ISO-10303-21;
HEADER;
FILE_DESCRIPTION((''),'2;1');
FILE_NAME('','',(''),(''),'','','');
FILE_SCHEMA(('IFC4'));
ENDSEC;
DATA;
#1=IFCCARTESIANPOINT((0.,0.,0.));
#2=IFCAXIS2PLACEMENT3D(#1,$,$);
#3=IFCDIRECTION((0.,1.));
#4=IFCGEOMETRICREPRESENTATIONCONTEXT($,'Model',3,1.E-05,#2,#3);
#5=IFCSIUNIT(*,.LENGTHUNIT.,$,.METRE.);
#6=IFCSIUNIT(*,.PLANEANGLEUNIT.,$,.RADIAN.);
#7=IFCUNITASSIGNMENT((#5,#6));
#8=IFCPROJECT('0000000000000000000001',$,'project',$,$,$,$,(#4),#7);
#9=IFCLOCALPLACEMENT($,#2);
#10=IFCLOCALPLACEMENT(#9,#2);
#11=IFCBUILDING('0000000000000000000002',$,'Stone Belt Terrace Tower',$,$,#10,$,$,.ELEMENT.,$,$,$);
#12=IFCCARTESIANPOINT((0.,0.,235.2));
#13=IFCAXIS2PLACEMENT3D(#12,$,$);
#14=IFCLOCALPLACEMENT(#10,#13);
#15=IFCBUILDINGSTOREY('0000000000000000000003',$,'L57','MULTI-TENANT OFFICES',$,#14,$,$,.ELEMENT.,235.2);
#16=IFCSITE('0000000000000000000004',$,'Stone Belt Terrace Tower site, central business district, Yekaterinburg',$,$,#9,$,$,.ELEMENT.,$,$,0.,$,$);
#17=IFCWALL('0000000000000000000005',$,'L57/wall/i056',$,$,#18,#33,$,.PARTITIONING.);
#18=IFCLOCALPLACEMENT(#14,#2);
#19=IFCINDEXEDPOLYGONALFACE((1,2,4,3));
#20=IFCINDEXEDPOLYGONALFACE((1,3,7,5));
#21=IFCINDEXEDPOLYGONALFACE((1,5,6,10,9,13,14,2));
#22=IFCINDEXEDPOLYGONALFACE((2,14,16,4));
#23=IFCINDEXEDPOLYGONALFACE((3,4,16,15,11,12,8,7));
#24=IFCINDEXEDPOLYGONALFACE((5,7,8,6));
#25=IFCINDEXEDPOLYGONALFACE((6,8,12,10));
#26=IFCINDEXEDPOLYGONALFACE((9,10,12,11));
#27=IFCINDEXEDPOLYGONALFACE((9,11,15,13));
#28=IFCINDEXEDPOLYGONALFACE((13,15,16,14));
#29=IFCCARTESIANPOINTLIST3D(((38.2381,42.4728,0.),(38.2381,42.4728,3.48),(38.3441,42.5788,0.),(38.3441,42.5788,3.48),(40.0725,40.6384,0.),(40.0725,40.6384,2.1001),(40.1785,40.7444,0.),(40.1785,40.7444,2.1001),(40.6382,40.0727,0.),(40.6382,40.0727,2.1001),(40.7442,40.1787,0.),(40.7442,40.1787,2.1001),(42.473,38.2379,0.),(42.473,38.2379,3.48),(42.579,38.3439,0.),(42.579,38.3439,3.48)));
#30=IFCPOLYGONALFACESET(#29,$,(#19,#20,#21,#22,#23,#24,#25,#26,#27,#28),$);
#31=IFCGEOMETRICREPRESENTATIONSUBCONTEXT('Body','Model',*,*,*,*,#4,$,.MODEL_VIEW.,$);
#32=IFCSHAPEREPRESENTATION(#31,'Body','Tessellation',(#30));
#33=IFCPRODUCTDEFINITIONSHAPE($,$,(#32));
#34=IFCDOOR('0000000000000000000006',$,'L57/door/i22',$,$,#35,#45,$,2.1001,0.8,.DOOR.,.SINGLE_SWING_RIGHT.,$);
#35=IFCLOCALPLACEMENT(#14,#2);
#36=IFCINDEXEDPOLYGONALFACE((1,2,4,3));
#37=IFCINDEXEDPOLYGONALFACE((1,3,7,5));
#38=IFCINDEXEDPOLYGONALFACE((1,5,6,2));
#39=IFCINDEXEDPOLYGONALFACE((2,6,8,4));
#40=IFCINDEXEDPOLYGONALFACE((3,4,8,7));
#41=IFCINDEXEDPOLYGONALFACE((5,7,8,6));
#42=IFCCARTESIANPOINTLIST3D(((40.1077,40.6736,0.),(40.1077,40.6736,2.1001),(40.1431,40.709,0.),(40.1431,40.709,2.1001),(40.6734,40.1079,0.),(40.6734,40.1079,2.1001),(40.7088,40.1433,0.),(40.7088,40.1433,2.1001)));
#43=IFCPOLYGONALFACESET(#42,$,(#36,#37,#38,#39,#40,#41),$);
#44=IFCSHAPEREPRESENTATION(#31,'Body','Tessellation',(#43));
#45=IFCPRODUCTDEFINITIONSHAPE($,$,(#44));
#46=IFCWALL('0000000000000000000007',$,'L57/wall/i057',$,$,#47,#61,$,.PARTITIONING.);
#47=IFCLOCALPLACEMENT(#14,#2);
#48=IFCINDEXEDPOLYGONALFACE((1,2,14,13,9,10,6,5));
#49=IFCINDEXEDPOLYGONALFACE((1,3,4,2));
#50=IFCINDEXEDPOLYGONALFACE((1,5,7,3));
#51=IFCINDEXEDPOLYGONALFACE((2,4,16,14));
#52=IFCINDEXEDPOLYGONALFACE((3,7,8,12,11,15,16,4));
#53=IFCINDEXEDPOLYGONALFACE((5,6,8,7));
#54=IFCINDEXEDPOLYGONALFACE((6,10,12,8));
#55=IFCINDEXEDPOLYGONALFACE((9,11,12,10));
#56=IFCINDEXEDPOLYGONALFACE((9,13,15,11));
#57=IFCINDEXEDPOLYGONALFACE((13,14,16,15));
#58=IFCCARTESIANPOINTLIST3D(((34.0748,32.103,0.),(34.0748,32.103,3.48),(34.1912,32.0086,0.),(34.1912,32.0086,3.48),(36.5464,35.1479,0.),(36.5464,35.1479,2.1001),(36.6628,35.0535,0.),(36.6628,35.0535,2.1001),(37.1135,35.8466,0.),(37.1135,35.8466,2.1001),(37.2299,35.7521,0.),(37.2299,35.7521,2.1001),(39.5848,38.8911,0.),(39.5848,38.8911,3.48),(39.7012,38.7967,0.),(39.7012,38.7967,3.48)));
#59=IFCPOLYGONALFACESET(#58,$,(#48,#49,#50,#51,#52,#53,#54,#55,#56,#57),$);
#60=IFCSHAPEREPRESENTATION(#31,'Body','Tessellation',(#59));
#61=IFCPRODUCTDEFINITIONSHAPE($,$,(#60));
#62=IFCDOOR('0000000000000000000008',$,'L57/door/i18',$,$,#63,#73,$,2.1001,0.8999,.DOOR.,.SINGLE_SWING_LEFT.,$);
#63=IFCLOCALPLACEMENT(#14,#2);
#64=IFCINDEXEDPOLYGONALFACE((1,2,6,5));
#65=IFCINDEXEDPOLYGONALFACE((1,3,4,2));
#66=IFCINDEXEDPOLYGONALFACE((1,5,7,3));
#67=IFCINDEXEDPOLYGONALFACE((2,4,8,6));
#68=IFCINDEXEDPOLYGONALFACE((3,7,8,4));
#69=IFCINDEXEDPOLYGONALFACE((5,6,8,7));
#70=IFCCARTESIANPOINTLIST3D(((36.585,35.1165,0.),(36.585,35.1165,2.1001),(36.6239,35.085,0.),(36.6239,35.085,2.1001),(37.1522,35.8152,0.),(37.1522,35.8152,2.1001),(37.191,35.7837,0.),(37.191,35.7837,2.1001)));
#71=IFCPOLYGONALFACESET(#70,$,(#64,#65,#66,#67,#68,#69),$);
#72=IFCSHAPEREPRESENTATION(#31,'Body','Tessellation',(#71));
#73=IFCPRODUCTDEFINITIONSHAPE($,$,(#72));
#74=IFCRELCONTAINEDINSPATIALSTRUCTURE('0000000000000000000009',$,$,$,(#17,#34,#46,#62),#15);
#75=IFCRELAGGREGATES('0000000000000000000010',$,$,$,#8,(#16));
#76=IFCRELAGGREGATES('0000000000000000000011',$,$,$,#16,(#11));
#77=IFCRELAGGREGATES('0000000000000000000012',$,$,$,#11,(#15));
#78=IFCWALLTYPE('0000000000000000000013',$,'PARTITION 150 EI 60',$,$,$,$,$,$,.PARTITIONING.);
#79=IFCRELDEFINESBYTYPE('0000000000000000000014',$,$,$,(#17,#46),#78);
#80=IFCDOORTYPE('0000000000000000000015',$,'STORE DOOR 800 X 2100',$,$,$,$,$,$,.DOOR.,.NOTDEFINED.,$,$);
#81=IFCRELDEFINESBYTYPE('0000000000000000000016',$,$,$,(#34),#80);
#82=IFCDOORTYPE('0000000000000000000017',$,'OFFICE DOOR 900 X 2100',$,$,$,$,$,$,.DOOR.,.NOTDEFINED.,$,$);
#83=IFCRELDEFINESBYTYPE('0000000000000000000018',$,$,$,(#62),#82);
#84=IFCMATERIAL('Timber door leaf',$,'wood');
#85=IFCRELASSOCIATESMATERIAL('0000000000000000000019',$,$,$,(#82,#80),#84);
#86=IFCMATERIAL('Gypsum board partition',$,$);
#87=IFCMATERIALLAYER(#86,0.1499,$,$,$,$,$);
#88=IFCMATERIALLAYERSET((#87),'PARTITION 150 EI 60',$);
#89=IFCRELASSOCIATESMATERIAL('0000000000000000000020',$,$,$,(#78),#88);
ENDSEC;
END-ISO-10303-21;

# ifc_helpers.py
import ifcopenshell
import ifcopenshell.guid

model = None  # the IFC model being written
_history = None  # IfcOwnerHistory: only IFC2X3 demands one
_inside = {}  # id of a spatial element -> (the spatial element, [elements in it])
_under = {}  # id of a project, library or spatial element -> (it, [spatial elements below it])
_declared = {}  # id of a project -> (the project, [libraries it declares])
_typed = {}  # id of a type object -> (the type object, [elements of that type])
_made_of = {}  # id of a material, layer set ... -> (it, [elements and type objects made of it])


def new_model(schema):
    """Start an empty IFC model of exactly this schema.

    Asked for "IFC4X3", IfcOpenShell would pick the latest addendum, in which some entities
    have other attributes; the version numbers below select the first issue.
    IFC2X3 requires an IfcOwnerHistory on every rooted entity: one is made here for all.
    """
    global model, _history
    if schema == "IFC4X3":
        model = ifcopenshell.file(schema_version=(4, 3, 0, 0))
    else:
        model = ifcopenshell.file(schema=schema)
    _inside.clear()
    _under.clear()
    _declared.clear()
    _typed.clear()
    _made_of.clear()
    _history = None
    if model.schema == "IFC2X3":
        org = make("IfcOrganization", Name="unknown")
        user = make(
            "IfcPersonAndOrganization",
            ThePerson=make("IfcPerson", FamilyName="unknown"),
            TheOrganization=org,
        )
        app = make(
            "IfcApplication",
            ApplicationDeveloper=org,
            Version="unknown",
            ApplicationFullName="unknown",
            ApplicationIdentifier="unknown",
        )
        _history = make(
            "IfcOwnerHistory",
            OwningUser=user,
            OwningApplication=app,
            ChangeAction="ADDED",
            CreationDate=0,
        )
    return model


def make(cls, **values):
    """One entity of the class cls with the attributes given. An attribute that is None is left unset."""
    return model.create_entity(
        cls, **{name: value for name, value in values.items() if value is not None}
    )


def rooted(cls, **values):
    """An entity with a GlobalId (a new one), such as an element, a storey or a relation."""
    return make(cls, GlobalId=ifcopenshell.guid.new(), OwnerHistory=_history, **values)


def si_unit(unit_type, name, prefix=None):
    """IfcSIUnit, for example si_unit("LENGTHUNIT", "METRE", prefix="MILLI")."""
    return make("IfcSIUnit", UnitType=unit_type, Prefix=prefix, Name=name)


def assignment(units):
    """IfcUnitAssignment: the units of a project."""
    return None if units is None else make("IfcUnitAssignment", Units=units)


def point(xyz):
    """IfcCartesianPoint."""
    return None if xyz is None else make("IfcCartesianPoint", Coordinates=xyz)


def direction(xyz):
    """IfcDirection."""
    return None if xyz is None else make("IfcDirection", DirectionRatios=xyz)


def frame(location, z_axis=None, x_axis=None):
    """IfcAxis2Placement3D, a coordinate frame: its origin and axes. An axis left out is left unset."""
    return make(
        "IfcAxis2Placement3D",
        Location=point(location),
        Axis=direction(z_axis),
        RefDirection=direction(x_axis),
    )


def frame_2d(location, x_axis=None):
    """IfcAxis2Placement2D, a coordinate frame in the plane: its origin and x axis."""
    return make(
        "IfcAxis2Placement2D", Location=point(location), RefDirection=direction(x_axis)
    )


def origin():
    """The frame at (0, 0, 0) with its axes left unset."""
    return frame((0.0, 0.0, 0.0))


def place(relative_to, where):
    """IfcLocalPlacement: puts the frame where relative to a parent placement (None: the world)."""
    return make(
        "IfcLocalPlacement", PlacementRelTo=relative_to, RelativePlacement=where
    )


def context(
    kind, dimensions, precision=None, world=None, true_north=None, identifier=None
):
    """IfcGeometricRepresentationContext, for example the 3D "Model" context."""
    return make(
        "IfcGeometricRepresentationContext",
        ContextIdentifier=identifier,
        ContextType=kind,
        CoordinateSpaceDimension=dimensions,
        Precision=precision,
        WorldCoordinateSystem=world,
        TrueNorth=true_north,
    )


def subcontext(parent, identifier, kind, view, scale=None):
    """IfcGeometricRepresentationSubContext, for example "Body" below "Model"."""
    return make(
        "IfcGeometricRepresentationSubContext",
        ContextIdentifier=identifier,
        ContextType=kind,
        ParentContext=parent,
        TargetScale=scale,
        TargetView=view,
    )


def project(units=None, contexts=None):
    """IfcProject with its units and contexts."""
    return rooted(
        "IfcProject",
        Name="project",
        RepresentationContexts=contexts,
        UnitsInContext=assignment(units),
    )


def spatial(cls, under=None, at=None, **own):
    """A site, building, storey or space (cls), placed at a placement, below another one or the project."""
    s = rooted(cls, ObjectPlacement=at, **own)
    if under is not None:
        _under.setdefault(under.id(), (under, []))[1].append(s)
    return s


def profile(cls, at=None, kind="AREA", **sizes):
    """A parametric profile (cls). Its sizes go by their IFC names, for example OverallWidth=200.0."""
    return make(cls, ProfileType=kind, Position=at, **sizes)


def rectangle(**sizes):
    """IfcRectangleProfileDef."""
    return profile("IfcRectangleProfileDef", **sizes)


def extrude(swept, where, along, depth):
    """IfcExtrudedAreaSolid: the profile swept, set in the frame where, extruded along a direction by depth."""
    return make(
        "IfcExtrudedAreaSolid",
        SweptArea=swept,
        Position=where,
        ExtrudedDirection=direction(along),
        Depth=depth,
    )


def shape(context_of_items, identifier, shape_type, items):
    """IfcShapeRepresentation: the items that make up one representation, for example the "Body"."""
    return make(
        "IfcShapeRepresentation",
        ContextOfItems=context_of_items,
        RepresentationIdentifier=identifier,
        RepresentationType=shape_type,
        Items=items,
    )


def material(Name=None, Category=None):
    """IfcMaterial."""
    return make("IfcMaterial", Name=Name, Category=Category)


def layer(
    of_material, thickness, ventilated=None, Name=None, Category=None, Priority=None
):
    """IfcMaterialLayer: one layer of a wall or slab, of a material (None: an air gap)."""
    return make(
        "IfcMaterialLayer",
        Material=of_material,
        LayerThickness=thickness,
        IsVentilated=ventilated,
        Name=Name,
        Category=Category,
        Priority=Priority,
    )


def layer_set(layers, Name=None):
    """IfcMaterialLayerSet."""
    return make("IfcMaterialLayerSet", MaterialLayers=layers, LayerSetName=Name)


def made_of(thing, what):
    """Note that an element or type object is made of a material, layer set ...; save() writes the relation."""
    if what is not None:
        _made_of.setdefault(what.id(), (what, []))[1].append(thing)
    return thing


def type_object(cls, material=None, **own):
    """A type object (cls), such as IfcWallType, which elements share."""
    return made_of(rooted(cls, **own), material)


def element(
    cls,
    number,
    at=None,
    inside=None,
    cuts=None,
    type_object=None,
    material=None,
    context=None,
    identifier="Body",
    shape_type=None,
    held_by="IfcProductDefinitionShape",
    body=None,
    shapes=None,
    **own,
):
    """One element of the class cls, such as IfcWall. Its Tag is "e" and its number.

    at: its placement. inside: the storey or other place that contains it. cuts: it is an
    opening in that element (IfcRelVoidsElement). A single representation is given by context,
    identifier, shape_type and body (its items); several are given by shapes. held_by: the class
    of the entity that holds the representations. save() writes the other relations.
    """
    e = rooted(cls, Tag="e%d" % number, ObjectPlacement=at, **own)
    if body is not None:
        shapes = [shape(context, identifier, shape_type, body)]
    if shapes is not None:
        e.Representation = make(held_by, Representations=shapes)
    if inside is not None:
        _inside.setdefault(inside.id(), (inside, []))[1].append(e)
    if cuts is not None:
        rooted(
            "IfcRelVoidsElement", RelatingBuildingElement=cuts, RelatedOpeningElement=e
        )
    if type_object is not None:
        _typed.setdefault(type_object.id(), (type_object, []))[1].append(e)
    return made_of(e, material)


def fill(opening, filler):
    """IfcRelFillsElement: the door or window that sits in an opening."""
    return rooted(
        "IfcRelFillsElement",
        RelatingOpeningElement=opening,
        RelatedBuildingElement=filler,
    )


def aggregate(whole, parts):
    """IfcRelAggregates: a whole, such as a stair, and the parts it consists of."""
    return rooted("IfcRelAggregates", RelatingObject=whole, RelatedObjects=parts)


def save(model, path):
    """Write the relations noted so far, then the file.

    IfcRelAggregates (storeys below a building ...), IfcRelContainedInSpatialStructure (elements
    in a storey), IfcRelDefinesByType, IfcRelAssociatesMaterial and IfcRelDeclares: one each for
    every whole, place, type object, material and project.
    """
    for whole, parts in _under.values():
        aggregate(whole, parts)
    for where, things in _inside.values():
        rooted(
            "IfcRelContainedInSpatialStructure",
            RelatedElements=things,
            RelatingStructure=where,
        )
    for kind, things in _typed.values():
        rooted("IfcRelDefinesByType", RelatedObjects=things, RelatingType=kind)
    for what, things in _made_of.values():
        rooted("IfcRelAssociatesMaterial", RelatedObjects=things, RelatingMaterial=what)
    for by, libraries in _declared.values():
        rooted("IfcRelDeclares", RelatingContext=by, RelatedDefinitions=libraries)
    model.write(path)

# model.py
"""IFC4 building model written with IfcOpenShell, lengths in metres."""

from ifc_helpers import new_model, si_unit, direction, frame, frame_2d, origin, place, context, subcontext, project, spatial, rectangle, extrude, material, layer, layer_set, type_object, element, fill, save


model = new_model("IFC4")

# Units and contexts
model_context = context("Model", 3, precision=1e-05, world=origin(), true_north=direction((0.0, 1.0)))
body_context = subcontext(model_context, "Body", "Model", "MODEL_VIEW")
ifc_project = project(units=[si_unit("LENGTHUNIT", "METRE"), si_unit("PLANEANGLEUNIT", "RADIAN")], contexts=[model_context])

# Site, building, storey
site_placement = place(None, origin())
site = spatial("IfcSite", under=ifc_project, at=site_placement, Name="Stone Belt Terrace Tower site, central business district, Yekaterinburg", CompositionType="ELEMENT", RefElevation=0.0)
building_placement = place(site_placement, origin())
building = spatial("IfcBuilding", under=site, at=building_placement, Name="Stone Belt Terrace Tower", CompositionType="ELEMENT")
storey_placement = place(building_placement, frame((0.0, 0.0, 235.2)))
storey = spatial("IfcBuildingStorey", under=building, at=storey_placement, Name="L57", Description="MULTI-TENANT OFFICES", CompositionType="ELEMENT", Elevation=235.2)

# Shared definitions
ifc_material_1 = material(Name="Gypsum board partition")
ifc_material_2 = material(Name="Timber door leaf", Category="wood")
door_type_1 = type_object("IfcDoorType", Name="OFFICE DOOR 900 X 2100", OperationType="NOTDEFINED", PredefinedType="DOOR", material=ifc_material_2)
ifc_layer_1 = layer(ifc_material_1, 0.1499)
ifc_layer_set_1 = layer_set([ifc_layer_1], Name="PARTITION 150 EI 60")
wall_type_1 = type_object("IfcWallType", Name="PARTITION 150 EI 60", PredefinedType="PARTITIONING", material=ifc_layer_set_1)

# Walls, openings, doors
wall_1_placement = place(storey_placement, frame((38.291, 42.5259, 0.0), z_axis=(0.0, 0.0, 1.0), x_axis=(0.707107, -0.707107, 0.0)))
wall_1 = element("IfcWall", 1, at=wall_1_placement, inside=storey, type_object=wall_type_1, Name="L57/wall/i056", PredefinedType="PARTITIONING", context=body_context, shape_type="SweptSolid", body=[
    extrude(rectangle(XDim=5.989, YDim=0.1499, at=frame_2d((2.9946, 0.0))), origin(), (0.0, 0.0, 1.0), 3.48),
])
opening_1_placement = place(wall_1_placement, frame((2.5945, 0.0, 0.0)))
opening_1 = element("IfcOpeningElement", 2, at=opening_1_placement, cuts=wall_1, PredefinedType="OPENING", context=body_context, shape_type="SweptSolid", body=[
    extrude(rectangle(XDim=0.8, YDim=2.1001, at=frame_2d((0.3999, 1.05))), frame((0.0, 0.085, 0.0), z_axis=(0.0, -1.0, 0.0), x_axis=(1.0, 0.0, 0.0)), (0.0, 0.0, 1.0), 0.1699),
])
door_type_2 = type_object("IfcDoorType", Name="STORE DOOR 800 X 2100", OperationType="NOTDEFINED", PredefinedType="DOOR", material=ifc_material_2)
door_1_placement = place(opening_1_placement, origin())
door_1 = element("IfcDoor", 3, at=door_1_placement, inside=storey, type_object=door_type_2, Name="L57/door/i22", OperationType="SINGLE_SWING_RIGHT", OverallHeight=2.1001, OverallWidth=0.8, PredefinedType="DOOR", context=body_context, shape_type="SweptSolid", body=[
    extrude(rectangle(XDim=0.8, YDim=2.1001, at=frame_2d((0.3999, 1.05))), frame((0.0, 0.0249, 0.0), z_axis=(0.0, -1.0, 0.0), x_axis=(1.0, 0.0, 0.0)), (0.0, 0.0, 1.0), 0.05),
])
fill(opening_1, door_1)
wall_2_placement = place(storey_placement, frame((39.6431, 38.844, 0.0), z_axis=(0.0, 0.0, 1.0), x_axis=(-0.630227, -0.776411, 0.0)))
wall_2 = element("IfcWall", 4, at=wall_2_placement, inside=storey, type_object=wall_type_1, Name="L57/wall/i057", PredefinedType="PARTITIONING", context=body_context, shape_type="SweptSolid", body=[
    extrude(rectangle(XDim=8.7429, YDim=0.1499, at=frame_2d((4.3716, 0.0))), origin(), (0.0, 0.0, 1.0), 3.48),
])
opening_2_placement = place(wall_2_placement, frame((3.9214, 0.0, 0.0)))
opening_2 = element("IfcOpeningElement", 5, at=opening_2_placement, cuts=wall_2, PredefinedType="OPENING", context=body_context, shape_type="SweptSolid", body=[
    extrude(rectangle(XDim=0.8999, YDim=2.1001, at=frame_2d((0.45, 1.05))), frame((0.0, 0.085, 0.0), z_axis=(0.0, -1.0, 0.0), x_axis=(1.0, 0.0, 0.0)), (0.0, 0.0, 1.0), 0.1699),
])
door_2_placement = place(opening_2_placement, origin())
door_2 = element("IfcDoor", 6, at=door_2_placement, inside=storey, type_object=door_type_1, Name="L57/door/i18", OperationType="SINGLE_SWING_LEFT", OverallHeight=2.1001, OverallWidth=0.8999, PredefinedType="DOOR", context=body_context, shape_type="SweptSolid", body=[
    extrude(rectangle(XDim=0.8999, YDim=2.1001, at=frame_2d((0.45, 1.05))), frame((0.0, 0.0249, 0.0), z_axis=(0.0, -1.0, 0.0), x_axis=(1.0, 0.0, 0.0)), (0.0, 0.0, 1.0), 0.05),
])
fill(opening_2, door_2)

save(model, "model.ifc")
